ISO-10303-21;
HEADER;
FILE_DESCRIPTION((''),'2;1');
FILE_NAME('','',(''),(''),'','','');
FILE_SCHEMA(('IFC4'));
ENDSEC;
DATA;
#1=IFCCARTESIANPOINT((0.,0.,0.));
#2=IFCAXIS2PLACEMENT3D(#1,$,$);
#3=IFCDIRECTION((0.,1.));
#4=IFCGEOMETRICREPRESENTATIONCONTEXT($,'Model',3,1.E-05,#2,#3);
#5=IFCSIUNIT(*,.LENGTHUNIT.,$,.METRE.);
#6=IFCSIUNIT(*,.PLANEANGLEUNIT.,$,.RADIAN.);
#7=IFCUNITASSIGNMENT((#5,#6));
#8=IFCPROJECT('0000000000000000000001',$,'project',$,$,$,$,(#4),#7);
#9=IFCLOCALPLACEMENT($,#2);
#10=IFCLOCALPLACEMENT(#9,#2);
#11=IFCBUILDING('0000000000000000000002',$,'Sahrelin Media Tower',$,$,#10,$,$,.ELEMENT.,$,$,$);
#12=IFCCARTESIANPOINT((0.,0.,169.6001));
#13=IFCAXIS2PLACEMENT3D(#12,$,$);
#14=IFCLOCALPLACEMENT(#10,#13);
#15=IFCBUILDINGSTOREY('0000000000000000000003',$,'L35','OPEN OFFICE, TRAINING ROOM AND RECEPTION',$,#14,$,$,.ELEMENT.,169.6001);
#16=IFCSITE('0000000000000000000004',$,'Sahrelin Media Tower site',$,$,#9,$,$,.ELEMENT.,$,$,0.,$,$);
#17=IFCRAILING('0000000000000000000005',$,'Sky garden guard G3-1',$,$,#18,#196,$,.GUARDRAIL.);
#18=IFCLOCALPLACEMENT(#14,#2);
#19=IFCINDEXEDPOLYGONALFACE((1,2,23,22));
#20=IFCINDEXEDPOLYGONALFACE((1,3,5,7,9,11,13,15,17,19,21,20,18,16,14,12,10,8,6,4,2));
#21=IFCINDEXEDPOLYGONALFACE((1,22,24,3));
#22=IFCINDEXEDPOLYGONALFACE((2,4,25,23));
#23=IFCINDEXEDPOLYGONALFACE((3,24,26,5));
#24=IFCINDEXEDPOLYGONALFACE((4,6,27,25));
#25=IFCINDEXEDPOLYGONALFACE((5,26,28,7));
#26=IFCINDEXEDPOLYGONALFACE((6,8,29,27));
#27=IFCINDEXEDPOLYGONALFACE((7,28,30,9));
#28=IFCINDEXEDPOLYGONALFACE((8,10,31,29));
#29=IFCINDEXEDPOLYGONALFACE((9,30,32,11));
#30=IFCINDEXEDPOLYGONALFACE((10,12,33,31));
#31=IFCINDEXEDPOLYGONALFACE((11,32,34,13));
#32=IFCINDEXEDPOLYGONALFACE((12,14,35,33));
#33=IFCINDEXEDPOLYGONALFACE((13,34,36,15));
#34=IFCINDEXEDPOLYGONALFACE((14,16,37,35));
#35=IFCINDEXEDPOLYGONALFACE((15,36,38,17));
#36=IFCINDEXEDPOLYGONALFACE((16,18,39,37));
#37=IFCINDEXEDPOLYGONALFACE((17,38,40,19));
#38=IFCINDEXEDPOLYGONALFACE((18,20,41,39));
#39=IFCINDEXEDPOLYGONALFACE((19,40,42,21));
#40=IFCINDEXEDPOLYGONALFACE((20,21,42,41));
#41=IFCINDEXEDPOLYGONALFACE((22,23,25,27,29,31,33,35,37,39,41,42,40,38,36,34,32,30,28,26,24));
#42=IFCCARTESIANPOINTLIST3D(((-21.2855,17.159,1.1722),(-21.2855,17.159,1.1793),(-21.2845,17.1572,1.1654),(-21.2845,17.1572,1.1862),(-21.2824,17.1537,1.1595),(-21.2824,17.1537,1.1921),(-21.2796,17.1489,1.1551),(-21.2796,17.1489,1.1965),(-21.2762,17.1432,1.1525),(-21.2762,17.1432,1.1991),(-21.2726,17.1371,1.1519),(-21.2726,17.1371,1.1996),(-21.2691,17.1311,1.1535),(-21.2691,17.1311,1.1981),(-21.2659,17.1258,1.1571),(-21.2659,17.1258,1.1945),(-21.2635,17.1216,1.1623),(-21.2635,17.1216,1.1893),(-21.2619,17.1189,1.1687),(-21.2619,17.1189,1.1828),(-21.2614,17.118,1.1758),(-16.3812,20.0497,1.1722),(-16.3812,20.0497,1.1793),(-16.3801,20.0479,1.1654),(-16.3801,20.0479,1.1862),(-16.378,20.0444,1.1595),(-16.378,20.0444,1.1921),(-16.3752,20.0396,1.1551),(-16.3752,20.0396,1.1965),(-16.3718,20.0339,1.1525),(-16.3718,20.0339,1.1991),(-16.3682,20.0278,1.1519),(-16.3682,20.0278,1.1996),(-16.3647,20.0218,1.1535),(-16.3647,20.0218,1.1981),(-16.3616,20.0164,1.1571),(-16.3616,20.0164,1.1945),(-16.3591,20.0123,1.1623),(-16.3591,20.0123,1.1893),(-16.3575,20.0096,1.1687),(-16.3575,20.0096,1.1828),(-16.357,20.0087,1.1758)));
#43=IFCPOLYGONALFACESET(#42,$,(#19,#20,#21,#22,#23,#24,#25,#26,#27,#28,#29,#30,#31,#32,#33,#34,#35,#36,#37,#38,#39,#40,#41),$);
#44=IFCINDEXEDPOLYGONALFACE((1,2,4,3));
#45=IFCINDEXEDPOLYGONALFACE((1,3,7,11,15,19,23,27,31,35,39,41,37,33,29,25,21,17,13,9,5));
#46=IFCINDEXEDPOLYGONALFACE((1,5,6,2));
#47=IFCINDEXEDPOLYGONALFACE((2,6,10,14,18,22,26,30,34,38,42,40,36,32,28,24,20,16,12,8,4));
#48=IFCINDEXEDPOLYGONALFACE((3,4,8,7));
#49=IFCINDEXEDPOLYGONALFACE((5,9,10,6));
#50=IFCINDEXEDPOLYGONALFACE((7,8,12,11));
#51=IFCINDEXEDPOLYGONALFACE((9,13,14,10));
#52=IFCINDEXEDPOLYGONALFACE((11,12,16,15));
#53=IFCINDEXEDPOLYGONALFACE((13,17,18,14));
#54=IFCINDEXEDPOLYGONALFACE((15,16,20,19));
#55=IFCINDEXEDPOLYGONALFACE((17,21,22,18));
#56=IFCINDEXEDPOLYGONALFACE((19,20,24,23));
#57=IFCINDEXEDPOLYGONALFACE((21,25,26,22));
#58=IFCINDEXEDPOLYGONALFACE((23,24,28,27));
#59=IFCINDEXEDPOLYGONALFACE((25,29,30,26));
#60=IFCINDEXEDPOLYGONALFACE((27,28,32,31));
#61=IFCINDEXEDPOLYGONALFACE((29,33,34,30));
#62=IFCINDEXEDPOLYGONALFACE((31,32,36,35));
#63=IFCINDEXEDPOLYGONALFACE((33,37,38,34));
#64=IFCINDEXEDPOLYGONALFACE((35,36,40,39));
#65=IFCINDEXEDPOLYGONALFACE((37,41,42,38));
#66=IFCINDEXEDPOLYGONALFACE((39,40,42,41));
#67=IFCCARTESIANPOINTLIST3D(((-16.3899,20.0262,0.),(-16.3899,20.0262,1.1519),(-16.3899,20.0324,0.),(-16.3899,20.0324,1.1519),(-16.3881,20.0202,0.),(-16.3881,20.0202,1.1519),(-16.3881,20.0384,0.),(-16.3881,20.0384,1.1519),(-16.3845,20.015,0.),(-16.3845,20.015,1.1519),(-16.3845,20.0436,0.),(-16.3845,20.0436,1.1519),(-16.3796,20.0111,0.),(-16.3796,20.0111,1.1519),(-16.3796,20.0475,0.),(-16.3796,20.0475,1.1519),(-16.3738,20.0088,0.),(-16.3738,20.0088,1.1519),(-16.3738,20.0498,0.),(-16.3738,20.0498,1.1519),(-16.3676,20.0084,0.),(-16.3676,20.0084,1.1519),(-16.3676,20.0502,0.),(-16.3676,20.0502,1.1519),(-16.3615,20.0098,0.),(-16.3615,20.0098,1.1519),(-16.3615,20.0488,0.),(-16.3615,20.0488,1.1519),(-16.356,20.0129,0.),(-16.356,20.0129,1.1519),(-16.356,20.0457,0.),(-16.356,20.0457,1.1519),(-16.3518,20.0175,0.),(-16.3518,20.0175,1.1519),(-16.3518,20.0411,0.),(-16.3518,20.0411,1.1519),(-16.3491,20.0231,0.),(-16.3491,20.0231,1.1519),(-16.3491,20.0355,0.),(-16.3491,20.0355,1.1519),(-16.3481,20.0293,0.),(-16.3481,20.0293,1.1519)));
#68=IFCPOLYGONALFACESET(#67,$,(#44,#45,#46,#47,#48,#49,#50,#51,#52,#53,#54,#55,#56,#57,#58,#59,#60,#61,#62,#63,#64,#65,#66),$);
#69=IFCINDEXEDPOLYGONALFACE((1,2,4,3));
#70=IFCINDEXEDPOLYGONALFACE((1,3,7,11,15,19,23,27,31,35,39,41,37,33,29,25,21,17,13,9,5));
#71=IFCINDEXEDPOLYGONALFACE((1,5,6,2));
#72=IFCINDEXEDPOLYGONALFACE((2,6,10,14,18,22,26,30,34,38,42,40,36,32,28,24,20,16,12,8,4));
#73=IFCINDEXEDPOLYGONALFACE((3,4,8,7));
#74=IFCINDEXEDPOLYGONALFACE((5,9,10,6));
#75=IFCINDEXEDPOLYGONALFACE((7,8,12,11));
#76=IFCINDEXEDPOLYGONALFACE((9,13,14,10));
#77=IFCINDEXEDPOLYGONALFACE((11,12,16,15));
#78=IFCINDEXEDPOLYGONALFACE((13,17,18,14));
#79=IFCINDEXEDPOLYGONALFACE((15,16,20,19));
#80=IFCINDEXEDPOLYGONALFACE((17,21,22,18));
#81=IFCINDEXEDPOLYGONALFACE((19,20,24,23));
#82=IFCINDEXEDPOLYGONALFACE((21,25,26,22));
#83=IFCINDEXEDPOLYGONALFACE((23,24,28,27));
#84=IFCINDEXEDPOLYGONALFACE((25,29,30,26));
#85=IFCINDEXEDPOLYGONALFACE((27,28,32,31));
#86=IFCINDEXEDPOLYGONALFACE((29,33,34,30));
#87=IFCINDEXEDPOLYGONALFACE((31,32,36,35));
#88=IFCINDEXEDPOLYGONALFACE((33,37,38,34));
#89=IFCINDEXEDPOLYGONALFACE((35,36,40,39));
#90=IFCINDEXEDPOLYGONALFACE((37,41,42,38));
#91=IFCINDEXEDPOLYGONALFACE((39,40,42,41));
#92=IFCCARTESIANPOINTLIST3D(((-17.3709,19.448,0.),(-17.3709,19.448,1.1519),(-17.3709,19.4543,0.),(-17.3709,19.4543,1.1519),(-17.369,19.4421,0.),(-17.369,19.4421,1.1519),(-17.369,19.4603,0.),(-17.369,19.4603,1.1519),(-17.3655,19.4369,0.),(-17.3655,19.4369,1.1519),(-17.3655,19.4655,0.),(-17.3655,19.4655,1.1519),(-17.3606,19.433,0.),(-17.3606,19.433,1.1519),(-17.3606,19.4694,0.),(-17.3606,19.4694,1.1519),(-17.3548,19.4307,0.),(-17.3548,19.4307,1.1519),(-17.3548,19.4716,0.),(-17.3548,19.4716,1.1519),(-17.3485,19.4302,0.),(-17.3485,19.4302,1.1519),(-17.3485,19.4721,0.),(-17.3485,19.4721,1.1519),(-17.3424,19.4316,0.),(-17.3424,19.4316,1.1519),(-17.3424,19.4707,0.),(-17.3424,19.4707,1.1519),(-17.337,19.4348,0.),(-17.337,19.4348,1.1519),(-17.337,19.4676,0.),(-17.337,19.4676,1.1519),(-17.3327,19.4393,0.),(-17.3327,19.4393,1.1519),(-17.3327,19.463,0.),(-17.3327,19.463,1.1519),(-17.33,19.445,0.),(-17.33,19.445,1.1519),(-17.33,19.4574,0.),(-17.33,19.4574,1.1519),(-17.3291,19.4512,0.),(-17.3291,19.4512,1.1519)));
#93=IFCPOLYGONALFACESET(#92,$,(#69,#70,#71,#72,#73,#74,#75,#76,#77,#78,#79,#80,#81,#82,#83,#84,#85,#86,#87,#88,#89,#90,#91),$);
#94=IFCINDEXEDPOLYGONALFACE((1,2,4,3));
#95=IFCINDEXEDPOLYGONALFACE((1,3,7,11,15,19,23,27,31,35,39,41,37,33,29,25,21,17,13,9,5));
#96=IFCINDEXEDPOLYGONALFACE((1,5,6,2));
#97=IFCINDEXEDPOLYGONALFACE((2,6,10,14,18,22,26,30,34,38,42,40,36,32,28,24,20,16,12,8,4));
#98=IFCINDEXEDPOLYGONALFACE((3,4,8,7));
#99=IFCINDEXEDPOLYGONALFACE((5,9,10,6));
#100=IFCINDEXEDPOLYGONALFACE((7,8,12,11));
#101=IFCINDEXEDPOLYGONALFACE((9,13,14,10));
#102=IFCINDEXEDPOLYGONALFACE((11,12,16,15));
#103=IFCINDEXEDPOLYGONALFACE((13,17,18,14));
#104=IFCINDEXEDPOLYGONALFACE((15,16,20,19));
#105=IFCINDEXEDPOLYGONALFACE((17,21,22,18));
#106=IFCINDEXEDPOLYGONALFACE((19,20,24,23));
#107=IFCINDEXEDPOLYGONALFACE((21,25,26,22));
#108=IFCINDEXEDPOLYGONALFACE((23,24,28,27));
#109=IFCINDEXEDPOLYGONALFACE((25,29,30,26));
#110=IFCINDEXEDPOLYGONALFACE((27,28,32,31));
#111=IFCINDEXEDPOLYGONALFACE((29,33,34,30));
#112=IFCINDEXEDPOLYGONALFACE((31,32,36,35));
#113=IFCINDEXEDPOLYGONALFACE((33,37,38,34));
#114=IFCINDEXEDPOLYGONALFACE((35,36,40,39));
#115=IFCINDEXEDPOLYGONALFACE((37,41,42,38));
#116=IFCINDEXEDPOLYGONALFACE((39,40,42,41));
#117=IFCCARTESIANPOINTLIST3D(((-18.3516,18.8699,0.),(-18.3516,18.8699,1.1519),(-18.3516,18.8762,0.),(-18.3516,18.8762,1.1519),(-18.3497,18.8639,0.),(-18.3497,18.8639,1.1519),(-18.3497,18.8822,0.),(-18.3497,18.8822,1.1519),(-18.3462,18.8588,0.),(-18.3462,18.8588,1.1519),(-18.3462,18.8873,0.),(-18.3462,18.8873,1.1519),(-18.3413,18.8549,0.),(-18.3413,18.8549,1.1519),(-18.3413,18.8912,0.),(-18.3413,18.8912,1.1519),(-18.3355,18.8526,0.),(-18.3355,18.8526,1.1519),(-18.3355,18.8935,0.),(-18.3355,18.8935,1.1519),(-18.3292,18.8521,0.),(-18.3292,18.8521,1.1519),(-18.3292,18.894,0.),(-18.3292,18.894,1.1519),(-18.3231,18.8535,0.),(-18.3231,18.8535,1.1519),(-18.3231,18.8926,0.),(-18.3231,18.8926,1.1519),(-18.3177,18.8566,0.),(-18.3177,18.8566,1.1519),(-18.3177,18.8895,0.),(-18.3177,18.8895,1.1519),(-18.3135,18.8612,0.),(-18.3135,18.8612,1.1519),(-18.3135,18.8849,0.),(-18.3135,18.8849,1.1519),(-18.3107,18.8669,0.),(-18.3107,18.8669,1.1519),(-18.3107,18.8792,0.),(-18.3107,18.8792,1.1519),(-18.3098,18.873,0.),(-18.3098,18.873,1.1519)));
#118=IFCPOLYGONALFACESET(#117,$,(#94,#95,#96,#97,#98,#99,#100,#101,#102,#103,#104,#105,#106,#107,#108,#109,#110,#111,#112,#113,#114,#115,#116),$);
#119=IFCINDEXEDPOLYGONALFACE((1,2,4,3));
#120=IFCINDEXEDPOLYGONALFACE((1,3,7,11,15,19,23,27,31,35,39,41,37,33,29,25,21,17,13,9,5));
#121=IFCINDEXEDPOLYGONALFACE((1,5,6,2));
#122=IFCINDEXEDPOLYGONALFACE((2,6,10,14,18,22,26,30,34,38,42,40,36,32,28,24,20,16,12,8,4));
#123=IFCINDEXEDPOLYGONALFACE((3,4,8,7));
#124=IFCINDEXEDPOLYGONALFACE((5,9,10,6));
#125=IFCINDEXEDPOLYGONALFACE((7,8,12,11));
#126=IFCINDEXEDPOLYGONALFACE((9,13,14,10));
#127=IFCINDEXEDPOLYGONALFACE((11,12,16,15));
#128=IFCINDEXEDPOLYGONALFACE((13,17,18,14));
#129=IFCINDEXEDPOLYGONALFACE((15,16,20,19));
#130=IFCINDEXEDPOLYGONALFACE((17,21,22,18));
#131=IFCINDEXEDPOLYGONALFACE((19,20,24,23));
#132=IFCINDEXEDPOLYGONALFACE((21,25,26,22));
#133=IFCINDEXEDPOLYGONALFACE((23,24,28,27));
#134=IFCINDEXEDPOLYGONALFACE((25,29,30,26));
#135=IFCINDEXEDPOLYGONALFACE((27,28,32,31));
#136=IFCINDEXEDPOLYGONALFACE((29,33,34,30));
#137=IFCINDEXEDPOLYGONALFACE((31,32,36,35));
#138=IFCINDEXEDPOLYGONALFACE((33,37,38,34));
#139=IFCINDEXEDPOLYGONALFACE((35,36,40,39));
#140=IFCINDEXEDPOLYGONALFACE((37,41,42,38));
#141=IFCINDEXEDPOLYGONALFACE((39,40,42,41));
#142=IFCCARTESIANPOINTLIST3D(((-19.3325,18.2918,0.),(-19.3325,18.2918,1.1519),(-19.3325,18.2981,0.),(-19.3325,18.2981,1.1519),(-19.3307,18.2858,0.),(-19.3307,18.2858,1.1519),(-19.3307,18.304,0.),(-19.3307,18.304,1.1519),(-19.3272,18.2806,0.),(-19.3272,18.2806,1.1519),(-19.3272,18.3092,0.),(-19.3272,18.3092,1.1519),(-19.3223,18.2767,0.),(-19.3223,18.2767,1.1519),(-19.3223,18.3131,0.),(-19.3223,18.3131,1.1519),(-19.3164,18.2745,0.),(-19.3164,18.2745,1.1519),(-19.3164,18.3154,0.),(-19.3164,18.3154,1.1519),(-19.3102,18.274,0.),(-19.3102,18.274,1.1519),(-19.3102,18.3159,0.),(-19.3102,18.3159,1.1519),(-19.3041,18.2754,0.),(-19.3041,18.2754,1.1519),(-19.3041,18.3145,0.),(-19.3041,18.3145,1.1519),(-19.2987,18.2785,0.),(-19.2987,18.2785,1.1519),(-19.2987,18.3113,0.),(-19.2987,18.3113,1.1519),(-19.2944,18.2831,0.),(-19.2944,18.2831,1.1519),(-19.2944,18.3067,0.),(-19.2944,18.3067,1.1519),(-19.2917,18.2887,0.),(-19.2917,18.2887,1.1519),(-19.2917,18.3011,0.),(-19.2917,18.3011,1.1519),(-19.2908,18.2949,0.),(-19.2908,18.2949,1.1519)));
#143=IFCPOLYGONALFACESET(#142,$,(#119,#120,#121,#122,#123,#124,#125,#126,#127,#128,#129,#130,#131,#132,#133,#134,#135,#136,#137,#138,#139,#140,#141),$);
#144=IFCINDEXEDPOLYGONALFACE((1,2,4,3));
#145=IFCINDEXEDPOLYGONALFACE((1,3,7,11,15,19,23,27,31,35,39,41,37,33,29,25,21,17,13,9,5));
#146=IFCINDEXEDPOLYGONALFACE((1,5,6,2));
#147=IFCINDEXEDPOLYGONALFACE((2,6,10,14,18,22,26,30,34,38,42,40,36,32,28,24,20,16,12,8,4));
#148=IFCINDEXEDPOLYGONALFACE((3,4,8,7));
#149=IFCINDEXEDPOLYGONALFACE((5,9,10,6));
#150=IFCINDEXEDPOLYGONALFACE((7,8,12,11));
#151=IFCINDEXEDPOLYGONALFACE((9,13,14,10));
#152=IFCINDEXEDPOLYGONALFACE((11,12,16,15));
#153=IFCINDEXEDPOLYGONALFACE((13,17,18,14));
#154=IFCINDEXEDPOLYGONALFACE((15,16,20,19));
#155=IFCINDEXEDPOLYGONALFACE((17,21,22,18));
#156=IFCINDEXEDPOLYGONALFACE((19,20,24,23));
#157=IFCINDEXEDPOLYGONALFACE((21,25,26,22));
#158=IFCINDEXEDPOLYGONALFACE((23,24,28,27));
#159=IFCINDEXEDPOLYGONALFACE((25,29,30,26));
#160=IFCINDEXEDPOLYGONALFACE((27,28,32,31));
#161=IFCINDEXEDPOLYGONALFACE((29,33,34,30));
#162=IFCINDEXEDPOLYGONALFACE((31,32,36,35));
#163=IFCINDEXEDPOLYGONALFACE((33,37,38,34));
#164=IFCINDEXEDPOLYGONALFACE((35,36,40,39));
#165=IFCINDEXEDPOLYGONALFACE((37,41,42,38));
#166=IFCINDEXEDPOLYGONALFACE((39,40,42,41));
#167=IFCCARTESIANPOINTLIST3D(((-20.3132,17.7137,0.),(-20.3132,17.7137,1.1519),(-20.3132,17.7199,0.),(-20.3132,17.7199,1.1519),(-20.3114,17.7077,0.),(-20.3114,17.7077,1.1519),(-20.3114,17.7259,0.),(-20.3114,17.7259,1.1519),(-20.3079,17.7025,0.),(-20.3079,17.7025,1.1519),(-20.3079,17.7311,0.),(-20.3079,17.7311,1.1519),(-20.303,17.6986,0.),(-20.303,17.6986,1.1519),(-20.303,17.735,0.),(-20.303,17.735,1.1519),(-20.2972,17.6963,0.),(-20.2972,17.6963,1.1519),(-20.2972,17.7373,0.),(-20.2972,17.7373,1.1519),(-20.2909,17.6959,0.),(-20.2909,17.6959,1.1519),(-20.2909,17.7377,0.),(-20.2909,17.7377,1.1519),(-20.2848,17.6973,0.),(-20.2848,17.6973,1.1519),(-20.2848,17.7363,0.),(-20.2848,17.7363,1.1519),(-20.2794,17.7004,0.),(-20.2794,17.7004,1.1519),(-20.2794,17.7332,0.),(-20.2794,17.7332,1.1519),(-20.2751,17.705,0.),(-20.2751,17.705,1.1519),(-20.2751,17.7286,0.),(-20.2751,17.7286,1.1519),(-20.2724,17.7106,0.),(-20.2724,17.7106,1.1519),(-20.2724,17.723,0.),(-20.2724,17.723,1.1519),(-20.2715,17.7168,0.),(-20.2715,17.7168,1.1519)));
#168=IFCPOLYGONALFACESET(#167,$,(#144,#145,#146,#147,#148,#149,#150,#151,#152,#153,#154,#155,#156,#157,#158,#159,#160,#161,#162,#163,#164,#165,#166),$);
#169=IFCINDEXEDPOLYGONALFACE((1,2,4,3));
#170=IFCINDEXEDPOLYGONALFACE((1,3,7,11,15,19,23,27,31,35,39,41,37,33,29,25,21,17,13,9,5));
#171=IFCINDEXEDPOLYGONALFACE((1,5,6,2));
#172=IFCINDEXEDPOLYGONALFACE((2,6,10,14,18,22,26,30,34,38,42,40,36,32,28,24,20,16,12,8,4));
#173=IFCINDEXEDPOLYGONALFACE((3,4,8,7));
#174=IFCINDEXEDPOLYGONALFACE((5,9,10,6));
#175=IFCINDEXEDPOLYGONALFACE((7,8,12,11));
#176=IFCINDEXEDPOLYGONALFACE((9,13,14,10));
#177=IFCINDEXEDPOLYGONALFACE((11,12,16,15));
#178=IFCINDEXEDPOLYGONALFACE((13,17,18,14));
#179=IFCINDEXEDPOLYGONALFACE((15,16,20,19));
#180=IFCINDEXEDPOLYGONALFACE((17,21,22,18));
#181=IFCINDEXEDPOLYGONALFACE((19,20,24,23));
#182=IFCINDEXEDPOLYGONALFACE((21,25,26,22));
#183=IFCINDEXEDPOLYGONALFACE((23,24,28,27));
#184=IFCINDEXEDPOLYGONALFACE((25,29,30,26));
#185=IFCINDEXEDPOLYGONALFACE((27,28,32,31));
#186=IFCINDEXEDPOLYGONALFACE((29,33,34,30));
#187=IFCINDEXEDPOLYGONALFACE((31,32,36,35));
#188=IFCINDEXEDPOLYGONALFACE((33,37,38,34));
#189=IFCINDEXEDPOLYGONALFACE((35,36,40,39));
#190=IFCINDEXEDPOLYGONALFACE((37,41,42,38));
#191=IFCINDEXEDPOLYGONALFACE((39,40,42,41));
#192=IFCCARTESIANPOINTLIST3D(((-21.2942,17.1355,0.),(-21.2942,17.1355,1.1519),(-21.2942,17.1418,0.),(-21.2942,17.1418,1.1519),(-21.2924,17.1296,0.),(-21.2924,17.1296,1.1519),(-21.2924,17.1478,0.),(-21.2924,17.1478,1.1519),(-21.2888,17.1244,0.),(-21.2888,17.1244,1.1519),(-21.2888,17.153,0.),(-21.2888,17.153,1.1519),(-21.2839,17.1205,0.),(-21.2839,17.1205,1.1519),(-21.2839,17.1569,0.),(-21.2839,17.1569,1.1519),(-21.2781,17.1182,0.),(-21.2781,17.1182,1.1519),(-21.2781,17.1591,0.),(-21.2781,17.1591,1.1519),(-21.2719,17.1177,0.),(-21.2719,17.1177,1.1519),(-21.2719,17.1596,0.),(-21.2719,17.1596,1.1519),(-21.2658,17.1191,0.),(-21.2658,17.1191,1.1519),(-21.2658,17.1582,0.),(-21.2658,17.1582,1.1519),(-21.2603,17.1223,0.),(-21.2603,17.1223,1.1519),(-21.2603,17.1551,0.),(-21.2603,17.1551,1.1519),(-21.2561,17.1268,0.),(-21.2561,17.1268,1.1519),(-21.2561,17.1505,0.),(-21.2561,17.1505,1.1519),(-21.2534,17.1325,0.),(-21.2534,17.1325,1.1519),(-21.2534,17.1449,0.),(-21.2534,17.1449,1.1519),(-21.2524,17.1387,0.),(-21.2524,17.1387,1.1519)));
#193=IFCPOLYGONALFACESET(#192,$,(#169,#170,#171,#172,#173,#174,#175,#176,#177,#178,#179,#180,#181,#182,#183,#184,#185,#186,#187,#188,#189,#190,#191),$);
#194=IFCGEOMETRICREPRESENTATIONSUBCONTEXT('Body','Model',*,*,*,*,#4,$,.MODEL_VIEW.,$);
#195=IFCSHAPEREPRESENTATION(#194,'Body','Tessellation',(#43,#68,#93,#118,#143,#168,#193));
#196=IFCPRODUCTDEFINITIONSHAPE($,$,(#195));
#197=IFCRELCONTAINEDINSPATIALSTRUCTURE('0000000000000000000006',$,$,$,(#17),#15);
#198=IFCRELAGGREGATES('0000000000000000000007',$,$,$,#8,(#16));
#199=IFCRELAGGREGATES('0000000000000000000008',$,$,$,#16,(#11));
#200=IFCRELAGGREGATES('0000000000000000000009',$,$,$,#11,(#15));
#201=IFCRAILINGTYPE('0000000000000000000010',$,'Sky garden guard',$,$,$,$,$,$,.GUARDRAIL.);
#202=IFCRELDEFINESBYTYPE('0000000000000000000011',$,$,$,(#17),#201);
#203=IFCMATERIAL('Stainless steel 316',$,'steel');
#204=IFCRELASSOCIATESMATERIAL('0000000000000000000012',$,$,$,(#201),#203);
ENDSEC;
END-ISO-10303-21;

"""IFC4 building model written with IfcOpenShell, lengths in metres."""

from ifc_helpers import new_model, si_unit, direction, frame, origin, origin_2d, place, context, subcontext, project, spatial, circle, extrude, material, type_object, element, save


model = new_model("IFC4")

# Units and contexts
model_context = context("Model", 3, precision=1e-05, world=origin(), true_north=direction((0.0, 1.0)))
body_context = subcontext(model_context, "Body", "Model", "MODEL_VIEW")
ifc_project = project(units=[si_unit("LENGTHUNIT", "METRE"), si_unit("PLANEANGLEUNIT", "RADIAN")], contexts=[model_context])

# Site, building, storey
site_placement = place(None, origin())
site = spatial("IfcSite", under=ifc_project, at=site_placement, Name="Sahrelin Media Tower site", CompositionType="ELEMENT", RefElevation=0.0)
building_placement = place(site_placement, origin())
building = spatial("IfcBuilding", under=site, at=building_placement, Name="Sahrelin Media Tower", CompositionType="ELEMENT")
storey_placement = place(building_placement, frame((0.0, 0.0, 169.6001)))
storey = spatial("IfcBuildingStorey", under=building, at=storey_placement, Name="L35", Description="OPEN OFFICE, TRAINING ROOM AND RECEPTION", CompositionType="ELEMENT", Elevation=169.6001)

# Railing
ifc_material_1 = material(Name="Stainless steel 316", Category="steel")
railing_type = type_object("IfcRailingType", Name="Sky garden guard", PredefinedType="GUARDRAIL", material=ifc_material_1)
railing_1_placement = place(storey_placement, frame((-16.3691, 20.0293, 0.0)))
element("IfcRailing", 1, at=railing_1_placement, inside=storey, type_object=railing_type, Name="Sky garden guard G3-1", PredefinedType="GUARDRAIL", context=body_context, shape_type="SweptSolid", body=[
    extrude(circle(Radius=0.0239, at=origin_2d()), frame((0.0, 0.0, 1.1758), z_axis=(-0.861493, -0.50777, 0.0), x_axis=(0.50777, -0.861493, 0.0)), (0.0, 0.0, 1.0), 5.6929),
    extrude(circle(Radius=0.021, at=origin_2d()), origin(), (0.0, 0.0, 1.0), 1.1519),
    extrude(circle(Radius=0.021, at=origin_2d()), frame((-0.981, -0.5781, 0.0)), (0.0, 0.0, 1.0), 1.1519),
    extrude(circle(Radius=0.021, at=origin_2d()), frame((-1.9617, -1.1562, 0.0)), (0.0, 0.0, 1.0), 1.1519),
    extrude(circle(Radius=0.021, at=origin_2d()), frame((-2.9426, -1.7344, 0.0)), (0.0, 0.0, 1.0), 1.1519),
    extrude(circle(Radius=0.021, at=origin_2d()), frame((-3.9233, -2.3125, 0.0)), (0.0, 0.0, 1.0), 1.1519),
    extrude(circle(Radius=0.021, at=origin_2d()), frame((-4.9043, -2.8906, 0.0)), (0.0, 0.0, 1.0), 1.1519),
])

save(model, "model.ifc")
